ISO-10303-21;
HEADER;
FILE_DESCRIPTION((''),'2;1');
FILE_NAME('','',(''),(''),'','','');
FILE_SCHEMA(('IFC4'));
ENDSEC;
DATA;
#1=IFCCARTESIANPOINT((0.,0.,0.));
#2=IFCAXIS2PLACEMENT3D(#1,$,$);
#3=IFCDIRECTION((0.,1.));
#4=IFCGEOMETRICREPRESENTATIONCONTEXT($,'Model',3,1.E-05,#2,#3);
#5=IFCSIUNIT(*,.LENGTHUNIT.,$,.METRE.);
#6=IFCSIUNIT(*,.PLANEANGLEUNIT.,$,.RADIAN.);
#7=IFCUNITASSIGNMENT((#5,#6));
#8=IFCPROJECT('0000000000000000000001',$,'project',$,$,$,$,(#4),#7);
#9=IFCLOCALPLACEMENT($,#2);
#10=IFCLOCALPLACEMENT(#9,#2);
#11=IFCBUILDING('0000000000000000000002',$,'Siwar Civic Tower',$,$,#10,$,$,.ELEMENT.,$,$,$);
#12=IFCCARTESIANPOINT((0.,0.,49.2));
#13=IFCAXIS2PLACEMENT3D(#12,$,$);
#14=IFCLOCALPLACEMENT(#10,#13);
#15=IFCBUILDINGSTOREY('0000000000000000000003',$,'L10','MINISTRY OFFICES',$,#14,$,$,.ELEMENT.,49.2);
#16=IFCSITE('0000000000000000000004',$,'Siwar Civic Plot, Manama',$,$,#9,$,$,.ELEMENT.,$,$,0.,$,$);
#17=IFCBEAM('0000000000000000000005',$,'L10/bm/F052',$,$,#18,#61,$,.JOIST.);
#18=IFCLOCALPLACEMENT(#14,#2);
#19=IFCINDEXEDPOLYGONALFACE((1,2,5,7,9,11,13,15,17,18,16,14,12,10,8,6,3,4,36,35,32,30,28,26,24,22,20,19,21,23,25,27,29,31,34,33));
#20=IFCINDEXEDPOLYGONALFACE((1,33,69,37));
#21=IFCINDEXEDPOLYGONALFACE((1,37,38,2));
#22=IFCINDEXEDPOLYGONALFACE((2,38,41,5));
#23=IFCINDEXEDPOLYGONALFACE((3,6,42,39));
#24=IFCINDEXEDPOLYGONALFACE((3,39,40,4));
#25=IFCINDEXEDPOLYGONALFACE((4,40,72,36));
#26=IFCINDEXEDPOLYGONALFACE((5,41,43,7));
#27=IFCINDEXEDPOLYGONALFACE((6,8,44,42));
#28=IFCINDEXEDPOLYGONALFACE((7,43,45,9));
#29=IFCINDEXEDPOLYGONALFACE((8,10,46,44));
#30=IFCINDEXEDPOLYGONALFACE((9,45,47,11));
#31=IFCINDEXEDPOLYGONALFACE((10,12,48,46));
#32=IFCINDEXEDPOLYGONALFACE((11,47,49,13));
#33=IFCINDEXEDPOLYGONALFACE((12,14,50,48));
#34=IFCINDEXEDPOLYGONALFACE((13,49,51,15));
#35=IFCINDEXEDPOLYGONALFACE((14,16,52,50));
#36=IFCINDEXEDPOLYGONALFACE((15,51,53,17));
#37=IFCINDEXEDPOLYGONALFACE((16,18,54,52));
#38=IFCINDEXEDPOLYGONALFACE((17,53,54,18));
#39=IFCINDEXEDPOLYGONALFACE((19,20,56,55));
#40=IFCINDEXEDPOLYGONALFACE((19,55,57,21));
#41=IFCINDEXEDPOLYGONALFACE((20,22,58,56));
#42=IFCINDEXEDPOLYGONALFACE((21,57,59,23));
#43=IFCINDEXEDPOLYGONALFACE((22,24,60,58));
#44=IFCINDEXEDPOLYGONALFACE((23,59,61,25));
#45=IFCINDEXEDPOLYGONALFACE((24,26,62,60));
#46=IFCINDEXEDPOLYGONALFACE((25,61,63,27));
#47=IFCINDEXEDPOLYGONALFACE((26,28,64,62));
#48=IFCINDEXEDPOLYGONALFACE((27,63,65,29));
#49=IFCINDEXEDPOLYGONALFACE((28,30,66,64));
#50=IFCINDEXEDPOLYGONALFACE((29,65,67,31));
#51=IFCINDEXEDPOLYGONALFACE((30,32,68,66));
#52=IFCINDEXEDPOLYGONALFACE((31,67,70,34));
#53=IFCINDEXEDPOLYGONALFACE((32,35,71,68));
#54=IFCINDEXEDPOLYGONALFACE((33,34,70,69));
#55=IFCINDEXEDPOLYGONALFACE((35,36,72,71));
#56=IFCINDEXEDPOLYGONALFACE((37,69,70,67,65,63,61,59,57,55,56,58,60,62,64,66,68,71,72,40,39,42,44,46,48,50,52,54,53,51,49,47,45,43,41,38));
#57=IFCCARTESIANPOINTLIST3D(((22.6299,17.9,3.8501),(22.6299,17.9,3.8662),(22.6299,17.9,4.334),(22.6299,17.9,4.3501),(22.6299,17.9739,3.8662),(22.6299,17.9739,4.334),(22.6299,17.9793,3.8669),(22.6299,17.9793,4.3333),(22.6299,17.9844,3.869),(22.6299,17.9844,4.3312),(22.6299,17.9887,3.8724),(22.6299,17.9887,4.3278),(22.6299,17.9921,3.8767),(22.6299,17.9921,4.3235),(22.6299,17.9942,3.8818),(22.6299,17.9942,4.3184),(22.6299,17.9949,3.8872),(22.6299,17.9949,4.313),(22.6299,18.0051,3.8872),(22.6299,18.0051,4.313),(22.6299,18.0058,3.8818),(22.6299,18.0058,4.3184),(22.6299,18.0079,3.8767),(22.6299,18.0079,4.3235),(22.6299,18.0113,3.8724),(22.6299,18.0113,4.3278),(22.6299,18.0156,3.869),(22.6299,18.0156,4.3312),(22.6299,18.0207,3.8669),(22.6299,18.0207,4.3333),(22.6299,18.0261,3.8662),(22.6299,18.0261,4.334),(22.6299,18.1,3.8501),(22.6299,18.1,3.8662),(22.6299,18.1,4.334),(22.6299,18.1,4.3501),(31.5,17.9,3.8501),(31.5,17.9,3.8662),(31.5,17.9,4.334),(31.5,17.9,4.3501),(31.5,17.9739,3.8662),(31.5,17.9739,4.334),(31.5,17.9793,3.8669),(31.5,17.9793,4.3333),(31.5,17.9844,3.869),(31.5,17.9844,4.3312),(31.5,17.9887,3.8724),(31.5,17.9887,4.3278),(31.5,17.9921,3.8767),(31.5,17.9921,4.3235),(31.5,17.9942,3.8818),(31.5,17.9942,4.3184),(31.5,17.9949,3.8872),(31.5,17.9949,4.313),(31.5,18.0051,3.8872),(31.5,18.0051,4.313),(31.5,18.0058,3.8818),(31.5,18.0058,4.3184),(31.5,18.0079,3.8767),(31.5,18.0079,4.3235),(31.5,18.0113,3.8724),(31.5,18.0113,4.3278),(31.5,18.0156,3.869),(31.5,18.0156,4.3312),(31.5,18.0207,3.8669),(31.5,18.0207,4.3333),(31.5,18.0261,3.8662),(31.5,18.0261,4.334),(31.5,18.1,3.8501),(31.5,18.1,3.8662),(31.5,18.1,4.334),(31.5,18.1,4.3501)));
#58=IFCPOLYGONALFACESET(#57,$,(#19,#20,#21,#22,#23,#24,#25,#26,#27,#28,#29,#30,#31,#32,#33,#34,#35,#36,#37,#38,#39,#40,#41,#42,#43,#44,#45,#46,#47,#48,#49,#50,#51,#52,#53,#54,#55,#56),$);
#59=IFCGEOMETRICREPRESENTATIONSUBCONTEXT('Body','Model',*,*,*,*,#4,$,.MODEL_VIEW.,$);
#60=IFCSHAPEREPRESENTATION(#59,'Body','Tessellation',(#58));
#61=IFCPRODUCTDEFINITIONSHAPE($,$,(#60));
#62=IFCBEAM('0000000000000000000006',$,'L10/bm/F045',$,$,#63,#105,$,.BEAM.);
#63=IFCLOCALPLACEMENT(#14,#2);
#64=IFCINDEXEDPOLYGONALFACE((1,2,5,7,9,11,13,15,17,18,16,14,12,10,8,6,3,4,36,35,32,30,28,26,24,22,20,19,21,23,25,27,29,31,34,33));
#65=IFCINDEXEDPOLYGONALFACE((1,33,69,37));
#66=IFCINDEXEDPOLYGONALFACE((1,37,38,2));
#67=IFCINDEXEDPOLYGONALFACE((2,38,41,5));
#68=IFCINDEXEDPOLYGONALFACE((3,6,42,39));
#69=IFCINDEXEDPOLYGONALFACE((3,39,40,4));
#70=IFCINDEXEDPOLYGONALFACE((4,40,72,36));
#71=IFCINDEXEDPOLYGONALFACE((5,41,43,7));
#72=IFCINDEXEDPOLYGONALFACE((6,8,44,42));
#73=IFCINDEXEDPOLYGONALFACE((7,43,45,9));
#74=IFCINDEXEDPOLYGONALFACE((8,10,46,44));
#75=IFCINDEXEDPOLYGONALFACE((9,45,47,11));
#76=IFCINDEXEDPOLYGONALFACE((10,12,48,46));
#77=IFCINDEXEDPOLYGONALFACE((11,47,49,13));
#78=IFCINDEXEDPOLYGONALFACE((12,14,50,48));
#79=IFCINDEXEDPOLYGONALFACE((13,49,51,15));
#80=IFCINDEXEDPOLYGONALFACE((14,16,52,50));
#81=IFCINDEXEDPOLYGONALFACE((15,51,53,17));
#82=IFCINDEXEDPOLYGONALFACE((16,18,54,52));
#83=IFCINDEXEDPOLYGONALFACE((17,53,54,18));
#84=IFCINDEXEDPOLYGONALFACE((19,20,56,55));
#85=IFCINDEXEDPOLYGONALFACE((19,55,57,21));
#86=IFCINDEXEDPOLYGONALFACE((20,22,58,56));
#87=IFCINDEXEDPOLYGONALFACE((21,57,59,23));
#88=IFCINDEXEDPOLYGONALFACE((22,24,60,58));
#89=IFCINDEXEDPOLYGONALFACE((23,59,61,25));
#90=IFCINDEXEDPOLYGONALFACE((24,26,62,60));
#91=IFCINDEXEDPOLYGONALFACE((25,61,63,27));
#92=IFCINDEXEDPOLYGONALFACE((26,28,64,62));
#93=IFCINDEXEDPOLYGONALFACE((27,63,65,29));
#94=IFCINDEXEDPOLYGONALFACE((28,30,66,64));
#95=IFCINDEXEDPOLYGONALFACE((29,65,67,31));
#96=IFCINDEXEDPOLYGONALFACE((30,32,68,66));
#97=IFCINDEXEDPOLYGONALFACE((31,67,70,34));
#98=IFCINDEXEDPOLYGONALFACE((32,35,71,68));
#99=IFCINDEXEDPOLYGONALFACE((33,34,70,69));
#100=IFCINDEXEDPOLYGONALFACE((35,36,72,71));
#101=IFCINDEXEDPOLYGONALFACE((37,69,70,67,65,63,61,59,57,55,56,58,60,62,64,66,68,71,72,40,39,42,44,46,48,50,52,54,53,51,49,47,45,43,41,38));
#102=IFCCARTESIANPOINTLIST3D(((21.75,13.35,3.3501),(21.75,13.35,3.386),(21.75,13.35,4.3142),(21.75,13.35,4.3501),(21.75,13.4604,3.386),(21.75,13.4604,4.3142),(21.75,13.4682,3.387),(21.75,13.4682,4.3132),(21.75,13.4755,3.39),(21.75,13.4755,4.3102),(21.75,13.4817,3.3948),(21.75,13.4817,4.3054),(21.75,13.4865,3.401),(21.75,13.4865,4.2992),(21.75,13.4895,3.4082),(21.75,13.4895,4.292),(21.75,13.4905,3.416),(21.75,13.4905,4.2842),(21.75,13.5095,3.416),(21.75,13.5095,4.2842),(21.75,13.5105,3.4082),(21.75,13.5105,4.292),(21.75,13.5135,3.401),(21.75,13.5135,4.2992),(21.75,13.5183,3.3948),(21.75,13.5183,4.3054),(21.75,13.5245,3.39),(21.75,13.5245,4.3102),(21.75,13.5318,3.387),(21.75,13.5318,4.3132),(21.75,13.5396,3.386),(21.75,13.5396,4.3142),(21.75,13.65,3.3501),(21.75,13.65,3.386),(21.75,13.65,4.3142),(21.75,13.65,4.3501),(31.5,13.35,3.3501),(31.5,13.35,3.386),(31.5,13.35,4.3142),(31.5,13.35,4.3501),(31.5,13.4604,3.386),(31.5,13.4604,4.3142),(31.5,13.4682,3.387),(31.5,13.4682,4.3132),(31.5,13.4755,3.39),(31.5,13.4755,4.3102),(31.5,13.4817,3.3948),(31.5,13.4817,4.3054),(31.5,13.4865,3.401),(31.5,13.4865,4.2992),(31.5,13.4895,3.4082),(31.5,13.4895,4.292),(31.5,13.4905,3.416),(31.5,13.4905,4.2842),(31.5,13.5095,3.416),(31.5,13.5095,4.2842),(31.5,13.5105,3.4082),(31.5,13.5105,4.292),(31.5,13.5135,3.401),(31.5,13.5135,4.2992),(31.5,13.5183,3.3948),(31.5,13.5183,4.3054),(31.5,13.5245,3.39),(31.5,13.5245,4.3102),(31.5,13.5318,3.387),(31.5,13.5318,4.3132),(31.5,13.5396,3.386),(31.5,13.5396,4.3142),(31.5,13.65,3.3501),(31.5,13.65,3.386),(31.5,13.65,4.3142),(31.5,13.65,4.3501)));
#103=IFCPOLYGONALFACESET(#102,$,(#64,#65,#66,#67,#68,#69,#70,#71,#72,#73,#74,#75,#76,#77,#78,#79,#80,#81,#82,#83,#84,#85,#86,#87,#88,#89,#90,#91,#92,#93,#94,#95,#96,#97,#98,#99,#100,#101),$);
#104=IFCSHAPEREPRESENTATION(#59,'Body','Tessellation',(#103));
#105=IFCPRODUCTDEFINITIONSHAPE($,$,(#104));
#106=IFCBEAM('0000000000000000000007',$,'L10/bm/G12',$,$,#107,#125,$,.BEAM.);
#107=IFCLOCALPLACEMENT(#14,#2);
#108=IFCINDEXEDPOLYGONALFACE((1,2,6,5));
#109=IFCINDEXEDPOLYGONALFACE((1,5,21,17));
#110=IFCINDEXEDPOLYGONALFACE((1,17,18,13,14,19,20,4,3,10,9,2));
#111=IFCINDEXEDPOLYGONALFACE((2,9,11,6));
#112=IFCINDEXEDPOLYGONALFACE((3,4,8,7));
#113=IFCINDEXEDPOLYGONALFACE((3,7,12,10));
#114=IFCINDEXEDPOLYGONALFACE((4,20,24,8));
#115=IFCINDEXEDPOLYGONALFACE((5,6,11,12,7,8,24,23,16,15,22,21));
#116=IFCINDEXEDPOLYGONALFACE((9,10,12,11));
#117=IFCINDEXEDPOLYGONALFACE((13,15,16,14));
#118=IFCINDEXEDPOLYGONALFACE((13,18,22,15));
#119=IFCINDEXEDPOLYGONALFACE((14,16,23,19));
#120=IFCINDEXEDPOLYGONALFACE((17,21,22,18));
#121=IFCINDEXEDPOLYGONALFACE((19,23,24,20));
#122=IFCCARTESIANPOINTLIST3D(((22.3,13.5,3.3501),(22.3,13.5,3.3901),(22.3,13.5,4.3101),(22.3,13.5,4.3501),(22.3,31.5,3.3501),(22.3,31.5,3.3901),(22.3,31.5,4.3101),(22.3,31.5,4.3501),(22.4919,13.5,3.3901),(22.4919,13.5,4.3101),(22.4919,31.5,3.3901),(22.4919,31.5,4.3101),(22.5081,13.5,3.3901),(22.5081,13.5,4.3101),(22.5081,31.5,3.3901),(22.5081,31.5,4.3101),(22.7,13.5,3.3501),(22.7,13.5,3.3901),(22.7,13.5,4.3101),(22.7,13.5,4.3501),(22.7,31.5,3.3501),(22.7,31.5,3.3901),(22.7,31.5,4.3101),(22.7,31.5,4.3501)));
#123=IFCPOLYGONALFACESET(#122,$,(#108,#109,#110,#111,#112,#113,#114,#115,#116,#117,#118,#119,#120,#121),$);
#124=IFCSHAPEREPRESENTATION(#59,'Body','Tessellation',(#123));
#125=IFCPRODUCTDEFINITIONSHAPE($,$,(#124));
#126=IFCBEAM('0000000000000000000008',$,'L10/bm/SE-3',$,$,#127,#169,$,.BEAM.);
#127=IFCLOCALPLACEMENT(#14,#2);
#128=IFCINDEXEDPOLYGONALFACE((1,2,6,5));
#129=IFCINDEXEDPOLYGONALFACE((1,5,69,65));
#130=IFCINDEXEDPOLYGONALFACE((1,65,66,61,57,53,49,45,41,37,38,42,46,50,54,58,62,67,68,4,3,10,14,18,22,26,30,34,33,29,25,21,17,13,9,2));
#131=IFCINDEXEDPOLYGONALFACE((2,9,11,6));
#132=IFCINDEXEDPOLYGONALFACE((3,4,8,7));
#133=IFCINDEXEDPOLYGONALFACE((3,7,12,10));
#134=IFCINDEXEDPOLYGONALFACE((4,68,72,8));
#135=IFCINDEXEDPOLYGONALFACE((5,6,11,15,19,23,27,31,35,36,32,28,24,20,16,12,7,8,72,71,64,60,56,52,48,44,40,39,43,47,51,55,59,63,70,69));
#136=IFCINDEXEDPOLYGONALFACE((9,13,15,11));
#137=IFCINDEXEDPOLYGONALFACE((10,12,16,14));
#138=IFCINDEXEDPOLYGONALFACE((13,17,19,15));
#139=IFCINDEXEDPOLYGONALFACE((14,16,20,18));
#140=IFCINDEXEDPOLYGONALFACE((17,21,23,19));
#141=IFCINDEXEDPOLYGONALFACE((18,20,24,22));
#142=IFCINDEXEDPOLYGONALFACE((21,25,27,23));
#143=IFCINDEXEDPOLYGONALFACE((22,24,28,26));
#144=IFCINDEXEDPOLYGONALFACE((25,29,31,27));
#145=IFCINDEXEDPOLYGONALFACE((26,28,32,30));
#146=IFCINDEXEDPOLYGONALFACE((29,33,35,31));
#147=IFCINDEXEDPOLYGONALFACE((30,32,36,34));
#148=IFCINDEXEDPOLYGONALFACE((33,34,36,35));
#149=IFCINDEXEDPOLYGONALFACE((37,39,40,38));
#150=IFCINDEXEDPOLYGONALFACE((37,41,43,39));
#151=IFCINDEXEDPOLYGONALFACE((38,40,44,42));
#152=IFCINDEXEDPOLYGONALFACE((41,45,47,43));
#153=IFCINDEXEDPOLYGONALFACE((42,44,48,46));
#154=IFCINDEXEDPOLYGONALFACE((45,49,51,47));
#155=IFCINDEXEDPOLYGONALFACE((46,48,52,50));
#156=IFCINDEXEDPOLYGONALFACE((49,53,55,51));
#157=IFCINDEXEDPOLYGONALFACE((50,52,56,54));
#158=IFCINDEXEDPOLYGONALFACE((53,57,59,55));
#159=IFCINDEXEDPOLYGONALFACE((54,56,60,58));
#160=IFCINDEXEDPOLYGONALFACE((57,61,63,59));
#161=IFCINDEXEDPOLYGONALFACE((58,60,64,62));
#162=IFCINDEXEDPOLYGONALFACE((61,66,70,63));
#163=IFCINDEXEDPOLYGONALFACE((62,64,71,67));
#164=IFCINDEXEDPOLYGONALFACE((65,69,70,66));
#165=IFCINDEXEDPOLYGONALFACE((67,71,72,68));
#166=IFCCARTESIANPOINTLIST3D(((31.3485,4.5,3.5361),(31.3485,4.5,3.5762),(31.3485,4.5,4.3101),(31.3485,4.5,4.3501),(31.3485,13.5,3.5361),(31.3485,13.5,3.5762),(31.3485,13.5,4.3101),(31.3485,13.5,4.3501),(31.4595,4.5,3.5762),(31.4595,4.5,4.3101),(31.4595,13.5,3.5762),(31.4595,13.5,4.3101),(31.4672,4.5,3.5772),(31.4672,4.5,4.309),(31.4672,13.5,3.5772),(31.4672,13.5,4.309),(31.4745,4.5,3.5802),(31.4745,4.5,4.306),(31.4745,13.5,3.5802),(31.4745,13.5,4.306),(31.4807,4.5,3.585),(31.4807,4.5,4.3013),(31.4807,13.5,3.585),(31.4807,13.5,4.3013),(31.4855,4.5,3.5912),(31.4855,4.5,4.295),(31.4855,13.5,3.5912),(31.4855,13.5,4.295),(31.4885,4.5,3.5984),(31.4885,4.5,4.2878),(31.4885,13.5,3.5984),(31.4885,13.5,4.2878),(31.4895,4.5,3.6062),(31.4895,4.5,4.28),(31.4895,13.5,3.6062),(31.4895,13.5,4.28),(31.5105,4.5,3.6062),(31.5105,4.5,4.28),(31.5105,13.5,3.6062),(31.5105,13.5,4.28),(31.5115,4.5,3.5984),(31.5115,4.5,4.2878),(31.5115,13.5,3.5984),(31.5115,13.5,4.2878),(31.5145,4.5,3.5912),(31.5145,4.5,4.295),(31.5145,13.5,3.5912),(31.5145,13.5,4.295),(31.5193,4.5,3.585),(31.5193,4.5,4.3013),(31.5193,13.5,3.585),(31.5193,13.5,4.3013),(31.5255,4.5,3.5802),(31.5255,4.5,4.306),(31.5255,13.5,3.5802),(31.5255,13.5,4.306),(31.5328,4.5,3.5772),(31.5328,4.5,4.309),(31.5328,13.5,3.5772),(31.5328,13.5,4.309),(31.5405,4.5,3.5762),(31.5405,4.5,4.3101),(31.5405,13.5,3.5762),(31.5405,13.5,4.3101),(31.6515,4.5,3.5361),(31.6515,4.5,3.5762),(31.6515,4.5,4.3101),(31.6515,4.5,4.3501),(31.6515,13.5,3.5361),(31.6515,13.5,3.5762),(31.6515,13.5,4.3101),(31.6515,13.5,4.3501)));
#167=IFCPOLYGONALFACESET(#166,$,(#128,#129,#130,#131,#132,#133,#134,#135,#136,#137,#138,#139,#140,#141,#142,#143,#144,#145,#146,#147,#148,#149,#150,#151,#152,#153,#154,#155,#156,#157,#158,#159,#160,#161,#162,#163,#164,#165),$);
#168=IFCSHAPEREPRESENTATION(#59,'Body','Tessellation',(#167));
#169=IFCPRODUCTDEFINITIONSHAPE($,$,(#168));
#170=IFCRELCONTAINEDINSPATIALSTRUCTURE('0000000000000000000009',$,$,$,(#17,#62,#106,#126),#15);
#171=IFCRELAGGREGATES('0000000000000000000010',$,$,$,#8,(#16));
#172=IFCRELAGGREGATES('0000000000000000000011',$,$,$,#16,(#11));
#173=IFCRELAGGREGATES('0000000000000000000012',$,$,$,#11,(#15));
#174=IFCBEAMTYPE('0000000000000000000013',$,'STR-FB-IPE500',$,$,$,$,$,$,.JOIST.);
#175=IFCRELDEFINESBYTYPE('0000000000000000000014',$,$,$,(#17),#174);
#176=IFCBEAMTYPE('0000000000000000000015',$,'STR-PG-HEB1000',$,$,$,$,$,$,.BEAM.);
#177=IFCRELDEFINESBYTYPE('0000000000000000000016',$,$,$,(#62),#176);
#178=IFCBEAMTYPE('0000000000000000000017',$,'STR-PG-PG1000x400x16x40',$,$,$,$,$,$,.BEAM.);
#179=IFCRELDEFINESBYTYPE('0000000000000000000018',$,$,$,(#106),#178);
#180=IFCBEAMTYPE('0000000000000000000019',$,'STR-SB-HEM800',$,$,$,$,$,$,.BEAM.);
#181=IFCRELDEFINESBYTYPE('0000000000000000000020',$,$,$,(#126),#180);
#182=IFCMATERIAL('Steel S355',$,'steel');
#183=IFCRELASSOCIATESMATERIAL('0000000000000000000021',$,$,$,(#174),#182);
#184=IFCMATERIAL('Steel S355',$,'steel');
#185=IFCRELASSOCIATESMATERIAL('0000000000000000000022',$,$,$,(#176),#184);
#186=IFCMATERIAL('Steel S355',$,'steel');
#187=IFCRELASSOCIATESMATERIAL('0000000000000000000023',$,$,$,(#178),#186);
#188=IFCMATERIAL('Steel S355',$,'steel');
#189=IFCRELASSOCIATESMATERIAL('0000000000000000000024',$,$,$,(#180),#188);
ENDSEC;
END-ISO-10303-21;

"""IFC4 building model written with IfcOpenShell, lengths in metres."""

from ifc_helpers import new_model, si_unit, direction, frame, origin, origin_2d, place, context, subcontext, project, spatial, i_section, extrude, material, material_profile, profile_set, type_object, element, save


model = new_model("IFC4")

# Units and contexts
model_context = context("Model", 3, precision=1e-05, world=origin(), true_north=direction((0.0, 1.0)))
body_context = subcontext(model_context, "Body", "Model", "MODEL_VIEW")
ifc_project = project(units=[si_unit("LENGTHUNIT", "METRE"), si_unit("PLANEANGLEUNIT", "RADIAN")], contexts=[model_context])

# Site, building, storey
site_placement = place(None, origin())
site = spatial("IfcSite", under=ifc_project, at=site_placement, Name="Siwar Civic Plot, Manama", CompositionType="ELEMENT", RefElevation=0.0)
building_placement = place(site_placement, origin())
building = spatial("IfcBuilding", under=site, at=building_placement, Name="Siwar Civic Tower", CompositionType="ELEMENT")
storey_placement = place(building_placement, frame((0.0, 0.0, 49.2)))
storey = spatial("IfcBuildingStorey", under=building, at=storey_placement, Name="L10", Description="MINISTRY OFFICES", CompositionType="ELEMENT", Elevation=49.2)

# Beams
ifc_material_1 = material(Name="Steel S355", Category="steel")
ifc_material_profile_1 = material_profile(ifc_material_1, i_section(OverallWidth=0.2, OverallDepth=0.5, WebThickness=0.0103, FlangeThickness=0.0161, FilletRadius=0.021, at=origin_2d()), Name="IPE500")
ifc_profile_set_1 = profile_set([ifc_material_profile_1], Name="Steel S355")
beam_type_1 = type_object("IfcBeamType", Name="STR-FB-IPE500", PredefinedType="JOIST", material=ifc_profile_set_1)
beam_1_placement = place(storey_placement, frame((22.6299, 18.0, 4.1001), z_axis=(1.0, 0.0, 0.0), x_axis=(0.0, 1.0, 0.0)))
element("IfcBeam", 1, at=beam_1_placement, inside=storey, type_object=beam_type_1, Name="L10/bm/F052", PredefinedType="JOIST", context=body_context, shape_type="SweptSolid", body=[
    extrude(i_section(OverallWidth=0.2, OverallDepth=0.5, WebThickness=0.0103, FlangeThickness=0.0161, FilletRadius=0.021, at=origin_2d()), origin(), (0.0, 0.0, 1.0), 8.8701),
])
ifc_material_2 = material(Name="Steel S355", Category="steel")
ifc_material_profile_2 = material_profile(ifc_material_2, i_section(OverallWidth=0.3, OverallDepth=1.0, WebThickness=0.019, FlangeThickness=0.0359, FilletRadius=0.03, at=origin_2d()), Name="HEB1000")
ifc_profile_set_2 = profile_set([ifc_material_profile_2], Name="Steel S355")
beam_type_2 = type_object("IfcBeamType", Name="STR-PG-HEB1000", PredefinedType="BEAM", material=ifc_profile_set_2)
beam_2_placement = place(storey_placement, frame((21.75, 13.5, 3.8501), z_axis=(1.0, 0.0, 0.0), x_axis=(0.0, 1.0, 0.0)))
element("IfcBeam", 2, at=beam_2_placement, inside=storey, type_object=beam_type_2, Name="L10/bm/F045", PredefinedType="BEAM", context=body_context, shape_type="SweptSolid", body=[
    extrude(i_section(OverallWidth=0.3, OverallDepth=1.0, WebThickness=0.019, FlangeThickness=0.0359, FilletRadius=0.03, at=origin_2d()), origin(), (0.0, 0.0, 1.0), 9.75),
])
ifc_material_3 = material(Name="Steel S355", Category="steel")
ifc_material_profile_3 = material_profile(ifc_material_3, i_section(OverallWidth=0.3999, OverallDepth=1.0, WebThickness=0.0161, FlangeThickness=0.04, at=origin_2d()), Name="PG1000x400x16x40")
ifc_profile_set_3 = profile_set([ifc_material_profile_3], Name="Steel S355")
beam_type_3 = type_object("IfcBeamType", Name="STR-PG-PG1000x400x16x40", PredefinedType="BEAM", material=ifc_profile_set_3)
beam_3_placement = place(storey_placement, frame((22.5, 13.5, 3.8501), z_axis=(0.0, 1.0, 0.0), x_axis=(-1.0, 0.0, 0.0)))
element("IfcBeam", 3, at=beam_3_placement, inside=storey, type_object=beam_type_3, Name="L10/bm/G12", PredefinedType="BEAM", context=body_context, shape_type="SweptSolid", body=[
    extrude(i_section(OverallWidth=0.3999, OverallDepth=1.0, WebThickness=0.0161, FlangeThickness=0.04, at=origin_2d()), origin(), (0.0, 0.0, 1.0), 18.0),
])
ifc_material_4 = material(Name="Steel S355", Category="steel")
ifc_material_profile_4 = material_profile(ifc_material_4, i_section(OverallWidth=0.303, OverallDepth=0.814, WebThickness=0.021, FlangeThickness=0.04, FilletRadius=0.03, at=origin_2d()), Name="HEM800")
ifc_profile_set_4 = profile_set([ifc_material_profile_4], Name="Steel S355")
beam_type_4 = type_object("IfcBeamType", Name="STR-SB-HEM800", PredefinedType="BEAM", material=ifc_profile_set_4)
for number, where, z_axis, x_axis, name in (
    (4, (31.5, 4.5, 3.9431), (0.0, 1.0, 0.0), (-1.0, 0.0, 0.0), "L10/bm/SE-3"),
):
    element("IfcBeam", number, at=place(storey_placement, frame(where, z_axis=z_axis, x_axis=x_axis)), inside=storey, type_object=beam_type_4, Name=name, PredefinedType="BEAM", context=body_context, shape_type="SweptSolid", body=[
        extrude(i_section(OverallWidth=0.303, OverallDepth=0.814, WebThickness=0.021, FlangeThickness=0.04, FilletRadius=0.03, at=origin_2d()), origin(), (0.0, 0.0, 1.0), 9.0),
    ])

save(model, "model.ifc")
